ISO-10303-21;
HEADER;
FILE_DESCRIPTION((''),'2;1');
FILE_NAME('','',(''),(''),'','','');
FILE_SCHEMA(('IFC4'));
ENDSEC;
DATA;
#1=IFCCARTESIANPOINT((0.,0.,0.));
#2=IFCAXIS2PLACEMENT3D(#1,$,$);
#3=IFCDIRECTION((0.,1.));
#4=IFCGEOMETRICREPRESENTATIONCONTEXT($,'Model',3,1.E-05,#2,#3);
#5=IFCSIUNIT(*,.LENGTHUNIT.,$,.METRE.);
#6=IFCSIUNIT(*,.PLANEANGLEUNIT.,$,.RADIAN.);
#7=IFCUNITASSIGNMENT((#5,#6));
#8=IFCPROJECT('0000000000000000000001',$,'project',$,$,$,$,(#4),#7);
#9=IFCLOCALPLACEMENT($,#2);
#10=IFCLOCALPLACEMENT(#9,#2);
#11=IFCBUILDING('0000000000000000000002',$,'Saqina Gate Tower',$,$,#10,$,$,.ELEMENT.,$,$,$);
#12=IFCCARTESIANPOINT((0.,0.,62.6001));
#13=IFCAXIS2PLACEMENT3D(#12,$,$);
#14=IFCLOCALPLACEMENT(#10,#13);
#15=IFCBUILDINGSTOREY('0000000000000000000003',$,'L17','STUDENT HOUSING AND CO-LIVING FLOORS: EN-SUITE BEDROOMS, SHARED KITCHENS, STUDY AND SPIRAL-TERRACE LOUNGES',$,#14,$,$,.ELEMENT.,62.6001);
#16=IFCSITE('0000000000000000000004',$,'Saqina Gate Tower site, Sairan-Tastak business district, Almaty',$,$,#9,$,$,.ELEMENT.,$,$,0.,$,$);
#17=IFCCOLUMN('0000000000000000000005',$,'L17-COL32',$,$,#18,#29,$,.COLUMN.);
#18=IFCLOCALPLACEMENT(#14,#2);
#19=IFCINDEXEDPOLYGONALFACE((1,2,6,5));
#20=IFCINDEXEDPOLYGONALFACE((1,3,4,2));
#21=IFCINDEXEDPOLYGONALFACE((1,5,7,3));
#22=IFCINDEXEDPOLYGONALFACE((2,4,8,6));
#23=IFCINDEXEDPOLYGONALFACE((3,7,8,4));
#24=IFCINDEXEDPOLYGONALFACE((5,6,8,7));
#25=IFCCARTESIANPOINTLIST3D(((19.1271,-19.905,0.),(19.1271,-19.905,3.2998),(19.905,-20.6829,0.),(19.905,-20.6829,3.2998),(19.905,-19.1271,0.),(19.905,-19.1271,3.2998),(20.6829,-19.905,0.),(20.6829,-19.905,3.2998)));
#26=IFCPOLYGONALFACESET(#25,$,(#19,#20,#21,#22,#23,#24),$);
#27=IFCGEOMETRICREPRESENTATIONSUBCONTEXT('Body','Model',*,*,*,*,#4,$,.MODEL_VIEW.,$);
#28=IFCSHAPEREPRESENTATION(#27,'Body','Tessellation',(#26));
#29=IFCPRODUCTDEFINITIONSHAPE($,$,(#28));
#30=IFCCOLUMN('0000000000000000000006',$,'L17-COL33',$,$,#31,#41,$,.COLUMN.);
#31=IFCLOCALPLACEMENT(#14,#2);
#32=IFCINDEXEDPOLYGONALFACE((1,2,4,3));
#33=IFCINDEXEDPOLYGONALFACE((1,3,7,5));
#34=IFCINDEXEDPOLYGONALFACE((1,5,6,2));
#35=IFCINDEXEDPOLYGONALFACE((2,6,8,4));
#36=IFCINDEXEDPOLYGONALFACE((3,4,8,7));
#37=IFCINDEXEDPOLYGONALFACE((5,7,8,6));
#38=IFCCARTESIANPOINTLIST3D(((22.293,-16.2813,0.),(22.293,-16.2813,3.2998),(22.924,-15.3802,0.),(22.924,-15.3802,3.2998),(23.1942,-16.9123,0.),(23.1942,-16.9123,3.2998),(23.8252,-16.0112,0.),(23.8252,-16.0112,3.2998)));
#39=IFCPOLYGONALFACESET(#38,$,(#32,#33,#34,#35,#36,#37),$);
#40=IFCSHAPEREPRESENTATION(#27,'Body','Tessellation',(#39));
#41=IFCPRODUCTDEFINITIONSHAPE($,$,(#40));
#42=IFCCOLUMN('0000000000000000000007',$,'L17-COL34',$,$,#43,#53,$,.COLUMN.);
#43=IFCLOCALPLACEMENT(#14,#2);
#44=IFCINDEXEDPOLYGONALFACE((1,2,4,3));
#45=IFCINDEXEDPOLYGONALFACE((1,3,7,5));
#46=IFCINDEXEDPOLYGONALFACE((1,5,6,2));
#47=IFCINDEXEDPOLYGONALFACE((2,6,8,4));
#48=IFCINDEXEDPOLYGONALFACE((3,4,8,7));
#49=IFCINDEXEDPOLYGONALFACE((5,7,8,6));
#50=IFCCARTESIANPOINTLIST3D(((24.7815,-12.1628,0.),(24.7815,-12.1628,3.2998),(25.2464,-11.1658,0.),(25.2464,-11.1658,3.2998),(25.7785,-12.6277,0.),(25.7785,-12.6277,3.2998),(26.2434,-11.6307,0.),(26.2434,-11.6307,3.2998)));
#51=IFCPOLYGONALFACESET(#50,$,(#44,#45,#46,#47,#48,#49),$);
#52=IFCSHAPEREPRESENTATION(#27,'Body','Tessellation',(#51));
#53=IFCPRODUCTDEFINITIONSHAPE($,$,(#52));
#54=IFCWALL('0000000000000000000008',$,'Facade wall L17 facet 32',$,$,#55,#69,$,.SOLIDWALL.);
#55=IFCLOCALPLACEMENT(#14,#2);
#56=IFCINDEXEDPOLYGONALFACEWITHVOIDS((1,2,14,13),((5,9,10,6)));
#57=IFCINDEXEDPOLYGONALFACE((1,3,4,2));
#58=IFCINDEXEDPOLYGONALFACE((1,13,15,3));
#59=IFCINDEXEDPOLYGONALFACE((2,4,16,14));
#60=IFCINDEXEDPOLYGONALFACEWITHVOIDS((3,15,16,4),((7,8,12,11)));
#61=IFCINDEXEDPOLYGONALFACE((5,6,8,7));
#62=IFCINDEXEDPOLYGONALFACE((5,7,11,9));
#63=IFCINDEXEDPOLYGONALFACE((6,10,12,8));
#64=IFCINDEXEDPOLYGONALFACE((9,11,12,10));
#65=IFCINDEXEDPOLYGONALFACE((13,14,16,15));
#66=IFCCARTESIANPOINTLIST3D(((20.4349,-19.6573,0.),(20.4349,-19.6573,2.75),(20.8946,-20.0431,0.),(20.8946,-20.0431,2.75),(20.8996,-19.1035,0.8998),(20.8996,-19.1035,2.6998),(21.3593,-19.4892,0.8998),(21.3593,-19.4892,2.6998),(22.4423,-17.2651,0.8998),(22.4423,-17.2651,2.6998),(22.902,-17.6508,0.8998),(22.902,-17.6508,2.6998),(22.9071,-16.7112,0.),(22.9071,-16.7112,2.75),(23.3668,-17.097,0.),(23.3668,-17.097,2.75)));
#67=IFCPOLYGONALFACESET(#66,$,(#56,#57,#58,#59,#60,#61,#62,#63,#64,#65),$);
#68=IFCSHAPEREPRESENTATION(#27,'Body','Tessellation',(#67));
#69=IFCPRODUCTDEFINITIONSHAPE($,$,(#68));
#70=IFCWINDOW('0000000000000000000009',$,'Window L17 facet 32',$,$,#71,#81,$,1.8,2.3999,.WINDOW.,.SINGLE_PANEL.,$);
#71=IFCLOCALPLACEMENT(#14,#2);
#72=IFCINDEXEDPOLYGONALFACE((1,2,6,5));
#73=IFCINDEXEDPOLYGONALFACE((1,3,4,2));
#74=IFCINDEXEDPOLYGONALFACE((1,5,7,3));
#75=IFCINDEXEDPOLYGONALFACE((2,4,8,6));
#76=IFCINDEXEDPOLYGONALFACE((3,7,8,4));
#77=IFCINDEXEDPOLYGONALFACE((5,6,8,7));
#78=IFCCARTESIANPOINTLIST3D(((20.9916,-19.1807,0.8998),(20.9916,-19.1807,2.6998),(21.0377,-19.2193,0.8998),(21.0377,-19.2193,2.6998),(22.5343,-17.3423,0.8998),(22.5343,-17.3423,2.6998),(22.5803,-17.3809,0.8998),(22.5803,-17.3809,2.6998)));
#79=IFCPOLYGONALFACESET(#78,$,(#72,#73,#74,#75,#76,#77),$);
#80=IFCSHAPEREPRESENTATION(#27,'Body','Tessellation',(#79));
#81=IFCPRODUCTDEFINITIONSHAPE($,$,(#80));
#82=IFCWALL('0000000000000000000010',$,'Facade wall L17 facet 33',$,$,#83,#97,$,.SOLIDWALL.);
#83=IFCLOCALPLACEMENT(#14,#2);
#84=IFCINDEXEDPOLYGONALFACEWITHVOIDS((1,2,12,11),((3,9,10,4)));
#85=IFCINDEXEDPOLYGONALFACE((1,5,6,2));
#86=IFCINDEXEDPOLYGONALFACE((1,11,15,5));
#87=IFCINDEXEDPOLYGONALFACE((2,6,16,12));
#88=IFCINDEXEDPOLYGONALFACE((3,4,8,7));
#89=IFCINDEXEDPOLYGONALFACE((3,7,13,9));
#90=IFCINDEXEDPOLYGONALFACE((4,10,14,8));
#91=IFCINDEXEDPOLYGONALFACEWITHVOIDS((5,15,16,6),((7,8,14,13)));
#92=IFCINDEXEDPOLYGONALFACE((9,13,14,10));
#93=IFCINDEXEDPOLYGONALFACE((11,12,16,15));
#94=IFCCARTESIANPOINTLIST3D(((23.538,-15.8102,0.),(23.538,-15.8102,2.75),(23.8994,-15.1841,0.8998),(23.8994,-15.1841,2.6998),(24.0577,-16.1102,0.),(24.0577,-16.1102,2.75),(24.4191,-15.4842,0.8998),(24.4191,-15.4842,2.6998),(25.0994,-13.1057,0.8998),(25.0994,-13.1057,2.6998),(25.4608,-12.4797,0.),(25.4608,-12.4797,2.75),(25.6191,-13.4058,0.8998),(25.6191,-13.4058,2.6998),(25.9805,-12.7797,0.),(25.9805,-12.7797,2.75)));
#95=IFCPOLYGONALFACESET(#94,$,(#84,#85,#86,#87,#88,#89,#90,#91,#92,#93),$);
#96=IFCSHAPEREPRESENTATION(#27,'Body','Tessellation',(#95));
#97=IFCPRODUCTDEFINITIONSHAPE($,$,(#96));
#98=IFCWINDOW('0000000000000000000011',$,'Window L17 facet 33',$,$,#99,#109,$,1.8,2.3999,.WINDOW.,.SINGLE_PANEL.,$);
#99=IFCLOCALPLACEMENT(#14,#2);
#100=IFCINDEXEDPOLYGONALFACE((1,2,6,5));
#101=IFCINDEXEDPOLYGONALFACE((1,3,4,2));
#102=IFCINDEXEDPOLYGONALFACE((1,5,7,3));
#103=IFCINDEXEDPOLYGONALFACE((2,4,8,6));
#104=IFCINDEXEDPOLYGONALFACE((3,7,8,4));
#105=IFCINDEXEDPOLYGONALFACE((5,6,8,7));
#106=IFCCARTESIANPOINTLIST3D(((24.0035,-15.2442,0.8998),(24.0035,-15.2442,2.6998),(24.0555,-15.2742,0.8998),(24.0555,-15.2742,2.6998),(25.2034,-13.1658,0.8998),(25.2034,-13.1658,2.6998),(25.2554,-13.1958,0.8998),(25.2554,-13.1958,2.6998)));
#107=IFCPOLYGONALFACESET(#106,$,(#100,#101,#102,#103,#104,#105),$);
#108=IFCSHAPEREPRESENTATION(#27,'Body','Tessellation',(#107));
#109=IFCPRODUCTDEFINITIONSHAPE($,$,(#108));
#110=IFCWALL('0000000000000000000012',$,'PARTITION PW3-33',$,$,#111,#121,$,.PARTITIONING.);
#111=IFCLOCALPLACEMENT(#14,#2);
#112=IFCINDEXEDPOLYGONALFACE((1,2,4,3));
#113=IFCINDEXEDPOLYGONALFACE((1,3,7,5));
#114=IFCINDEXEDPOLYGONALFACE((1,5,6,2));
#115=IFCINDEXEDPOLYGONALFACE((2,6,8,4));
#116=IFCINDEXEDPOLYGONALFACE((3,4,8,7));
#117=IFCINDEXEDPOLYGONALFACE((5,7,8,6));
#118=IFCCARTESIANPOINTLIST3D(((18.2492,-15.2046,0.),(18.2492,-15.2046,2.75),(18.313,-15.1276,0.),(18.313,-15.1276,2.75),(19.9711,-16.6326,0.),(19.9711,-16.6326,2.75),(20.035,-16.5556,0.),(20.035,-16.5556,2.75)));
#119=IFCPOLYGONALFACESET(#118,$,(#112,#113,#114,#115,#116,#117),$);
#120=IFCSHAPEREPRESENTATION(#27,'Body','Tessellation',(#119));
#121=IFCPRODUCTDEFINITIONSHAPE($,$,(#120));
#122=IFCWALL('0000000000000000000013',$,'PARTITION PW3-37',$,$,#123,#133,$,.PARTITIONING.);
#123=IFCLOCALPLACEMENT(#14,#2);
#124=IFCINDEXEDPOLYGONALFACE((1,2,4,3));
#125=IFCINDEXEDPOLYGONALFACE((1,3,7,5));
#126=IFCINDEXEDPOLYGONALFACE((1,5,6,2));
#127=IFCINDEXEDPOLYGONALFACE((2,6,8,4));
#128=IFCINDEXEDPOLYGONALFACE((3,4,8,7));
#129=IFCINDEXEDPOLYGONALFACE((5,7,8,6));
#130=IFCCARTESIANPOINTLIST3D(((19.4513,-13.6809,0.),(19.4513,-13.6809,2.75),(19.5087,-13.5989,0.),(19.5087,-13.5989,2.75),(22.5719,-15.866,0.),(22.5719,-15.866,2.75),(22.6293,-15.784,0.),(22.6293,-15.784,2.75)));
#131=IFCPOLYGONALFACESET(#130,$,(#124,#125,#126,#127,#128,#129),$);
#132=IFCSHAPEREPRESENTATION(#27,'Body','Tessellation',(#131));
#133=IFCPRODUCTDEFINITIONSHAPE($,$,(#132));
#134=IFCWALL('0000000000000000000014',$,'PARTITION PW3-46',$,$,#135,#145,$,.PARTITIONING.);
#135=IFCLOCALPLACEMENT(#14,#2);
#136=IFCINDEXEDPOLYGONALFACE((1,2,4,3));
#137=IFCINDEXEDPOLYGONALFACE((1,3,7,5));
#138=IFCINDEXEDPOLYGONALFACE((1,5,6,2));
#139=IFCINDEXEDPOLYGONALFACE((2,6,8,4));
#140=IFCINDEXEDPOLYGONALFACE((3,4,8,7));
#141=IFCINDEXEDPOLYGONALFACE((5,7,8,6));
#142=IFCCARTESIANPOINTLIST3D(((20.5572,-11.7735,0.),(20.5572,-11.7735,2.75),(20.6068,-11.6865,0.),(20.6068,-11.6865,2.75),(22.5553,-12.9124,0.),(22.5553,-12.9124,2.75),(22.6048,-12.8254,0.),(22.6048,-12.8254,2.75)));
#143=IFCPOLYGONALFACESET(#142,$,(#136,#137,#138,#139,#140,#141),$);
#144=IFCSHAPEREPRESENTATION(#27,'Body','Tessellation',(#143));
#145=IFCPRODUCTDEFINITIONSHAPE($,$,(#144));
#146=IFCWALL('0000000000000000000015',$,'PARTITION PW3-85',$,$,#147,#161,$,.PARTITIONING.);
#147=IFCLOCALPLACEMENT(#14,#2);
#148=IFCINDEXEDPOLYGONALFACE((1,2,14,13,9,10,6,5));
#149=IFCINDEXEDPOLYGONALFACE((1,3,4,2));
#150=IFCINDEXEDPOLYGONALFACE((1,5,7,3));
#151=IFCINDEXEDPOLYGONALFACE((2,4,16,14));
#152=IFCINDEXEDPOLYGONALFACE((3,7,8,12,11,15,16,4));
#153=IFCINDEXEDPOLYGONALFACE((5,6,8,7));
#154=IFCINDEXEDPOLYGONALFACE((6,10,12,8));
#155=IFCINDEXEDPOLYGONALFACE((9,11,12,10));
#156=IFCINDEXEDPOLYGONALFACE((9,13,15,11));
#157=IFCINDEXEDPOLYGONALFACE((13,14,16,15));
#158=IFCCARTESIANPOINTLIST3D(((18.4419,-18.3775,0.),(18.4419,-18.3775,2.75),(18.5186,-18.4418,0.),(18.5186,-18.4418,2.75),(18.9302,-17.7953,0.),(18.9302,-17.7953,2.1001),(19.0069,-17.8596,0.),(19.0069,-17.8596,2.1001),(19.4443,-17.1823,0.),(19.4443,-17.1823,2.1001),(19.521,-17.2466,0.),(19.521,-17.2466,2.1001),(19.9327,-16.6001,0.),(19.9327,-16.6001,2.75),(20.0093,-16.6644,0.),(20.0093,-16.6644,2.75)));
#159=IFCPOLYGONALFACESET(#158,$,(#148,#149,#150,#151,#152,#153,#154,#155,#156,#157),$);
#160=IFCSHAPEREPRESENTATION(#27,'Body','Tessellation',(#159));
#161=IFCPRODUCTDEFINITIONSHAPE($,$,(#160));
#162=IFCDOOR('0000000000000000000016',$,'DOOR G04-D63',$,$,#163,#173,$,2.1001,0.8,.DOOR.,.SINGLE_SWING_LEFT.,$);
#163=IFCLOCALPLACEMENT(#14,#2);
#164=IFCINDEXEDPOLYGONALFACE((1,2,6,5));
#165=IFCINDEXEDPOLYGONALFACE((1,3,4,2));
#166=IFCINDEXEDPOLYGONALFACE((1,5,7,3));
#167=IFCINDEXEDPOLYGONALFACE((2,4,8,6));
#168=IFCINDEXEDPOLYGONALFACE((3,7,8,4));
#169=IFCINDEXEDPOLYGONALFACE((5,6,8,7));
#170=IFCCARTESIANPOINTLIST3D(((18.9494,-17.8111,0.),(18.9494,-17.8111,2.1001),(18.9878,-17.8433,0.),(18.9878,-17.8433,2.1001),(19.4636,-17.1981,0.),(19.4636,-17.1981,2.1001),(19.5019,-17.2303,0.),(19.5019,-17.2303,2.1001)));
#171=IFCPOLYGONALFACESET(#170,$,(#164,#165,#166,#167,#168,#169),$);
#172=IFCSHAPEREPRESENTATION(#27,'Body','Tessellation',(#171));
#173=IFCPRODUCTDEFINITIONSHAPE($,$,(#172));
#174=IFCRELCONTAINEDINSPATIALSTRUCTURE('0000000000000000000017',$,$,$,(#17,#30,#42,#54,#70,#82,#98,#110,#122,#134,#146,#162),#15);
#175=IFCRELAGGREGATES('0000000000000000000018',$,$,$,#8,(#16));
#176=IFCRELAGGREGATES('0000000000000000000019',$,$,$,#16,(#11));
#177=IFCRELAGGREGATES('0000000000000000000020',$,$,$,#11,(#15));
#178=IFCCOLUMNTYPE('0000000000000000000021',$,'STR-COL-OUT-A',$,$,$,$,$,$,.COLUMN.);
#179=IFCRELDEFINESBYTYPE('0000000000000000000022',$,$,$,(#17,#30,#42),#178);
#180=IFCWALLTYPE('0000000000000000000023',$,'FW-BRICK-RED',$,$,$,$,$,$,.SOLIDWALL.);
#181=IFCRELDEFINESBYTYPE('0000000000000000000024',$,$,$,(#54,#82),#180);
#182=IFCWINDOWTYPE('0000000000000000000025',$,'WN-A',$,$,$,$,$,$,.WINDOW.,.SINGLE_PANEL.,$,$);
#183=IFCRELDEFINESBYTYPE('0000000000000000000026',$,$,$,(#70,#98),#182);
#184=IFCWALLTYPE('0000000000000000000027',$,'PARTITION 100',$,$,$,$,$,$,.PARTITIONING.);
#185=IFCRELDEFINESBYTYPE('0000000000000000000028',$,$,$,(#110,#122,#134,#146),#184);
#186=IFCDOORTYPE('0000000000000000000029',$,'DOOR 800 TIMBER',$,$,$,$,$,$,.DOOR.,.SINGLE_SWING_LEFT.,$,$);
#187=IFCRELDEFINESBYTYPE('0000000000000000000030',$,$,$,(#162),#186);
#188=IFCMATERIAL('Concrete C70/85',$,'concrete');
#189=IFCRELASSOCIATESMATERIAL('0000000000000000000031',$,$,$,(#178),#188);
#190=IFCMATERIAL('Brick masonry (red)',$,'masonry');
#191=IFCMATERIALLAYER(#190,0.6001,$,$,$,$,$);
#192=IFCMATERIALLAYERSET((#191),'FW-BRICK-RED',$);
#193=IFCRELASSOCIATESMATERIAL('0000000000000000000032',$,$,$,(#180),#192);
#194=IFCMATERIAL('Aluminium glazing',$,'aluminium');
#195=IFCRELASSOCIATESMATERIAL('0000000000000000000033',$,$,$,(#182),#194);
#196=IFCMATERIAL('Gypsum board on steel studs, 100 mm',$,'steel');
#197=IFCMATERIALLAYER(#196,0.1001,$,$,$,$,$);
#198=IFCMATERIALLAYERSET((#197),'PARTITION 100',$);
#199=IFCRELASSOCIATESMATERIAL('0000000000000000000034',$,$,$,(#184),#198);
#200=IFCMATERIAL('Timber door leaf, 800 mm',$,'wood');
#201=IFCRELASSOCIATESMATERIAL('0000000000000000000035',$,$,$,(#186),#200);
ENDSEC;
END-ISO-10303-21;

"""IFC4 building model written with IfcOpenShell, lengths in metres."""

from ifc_helpers import new_model, si_unit, direction, frame, frame_2d, origin, origin_2d, place, context, subcontext, project, spatial, rectangle, extrude, material, layer, layer_set, material_profile, profile_set, type_object, element, fill, save


model = new_model("IFC4")

# Units and contexts
model_context = context("Model", 3, precision=1e-05, world=origin(), true_north=direction((0.0, 1.0)))
body_context = subcontext(model_context, "Body", "Model", "MODEL_VIEW")
ifc_project = project(units=[si_unit("LENGTHUNIT", "METRE"), si_unit("PLANEANGLEUNIT", "RADIAN")], contexts=[model_context])

# Site, building, storey
site_placement = place(None, origin())
site = spatial("IfcSite", under=ifc_project, at=site_placement, Name="Saqina Gate Tower site, Sairan-Tastak business district, Almaty", CompositionType="ELEMENT", RefElevation=0.0)
building_placement = place(site_placement, origin())
building = spatial("IfcBuilding", under=site, at=building_placement, Name="Saqina Gate Tower", CompositionType="ELEMENT")
storey_placement = place(building_placement, frame((0.0, 0.0, 62.6001)))
storey = spatial("IfcBuildingStorey", under=building, at=storey_placement, Name="L17", Description="STUDENT HOUSING AND CO-LIVING FLOORS: EN-SUITE BEDROOMS, SHARED KITCHENS, STUDY AND SPIRAL-TERRACE LOUNGES", CompositionType="ELEMENT", Elevation=62.6001)

# Columns
ifc_material_1 = material(Name="Concrete C70/85", Category="concrete")
ifc_material_profile = material_profile(ifc_material_1, rectangle(XDim=1.1001, YDim=1.1001, at=origin_2d()), Name="RC 1100x1100")
ifc_profile_set = profile_set([ifc_material_profile], Name="Concrete C70/85")
column_type = type_object("IfcColumnType", Name="STR-COL-OUT-A", PredefinedType="COLUMN", material=ifc_profile_set)
for number, where, z_axis, x_axis, name in (
    (1, (19.905, -19.905, 0.0), (0.0, 0.0, 1.0), (0.707107, -0.707107, 0.0), "L17-COL32"),
    (2, (23.0591, -16.1462, 0.0), (0.0, 0.0, 1.0), (0.819152, -0.573576, 0.0), "L17-COL33"),
    (3, (25.5125, -11.8967, 0.0), (0.0, 0.0, 1.0), (0.906308, -0.422618, 0.0), "L17-COL34"),
):
    element("IfcColumn", number, at=place(storey_placement, frame(where, z_axis=z_axis, x_axis=x_axis)), inside=storey, type_object=column_type, Name=name, PredefinedType="COLUMN", context=body_context, shape_type="SweptSolid", body=[
        extrude(rectangle(XDim=1.1001, YDim=1.1001, at=origin_2d()), origin(), (0.0, 0.0, 1.0), 3.2998),
    ])

# Walls, openings, windows
ifc_material_2 = material(Name="Brick masonry (red)", Category="masonry")
ifc_layer_1 = layer(ifc_material_2, 0.6001)
ifc_layer_set_1 = layer_set([ifc_layer_1], Name="FW-BRICK-RED")
wall_type_1 = type_object("IfcWallType", Name="FW-BRICK-RED", PredefinedType="SOLIDWALL", material=ifc_layer_set_1)
wall_1_placement = place(storey_placement, frame((20.6648, -19.8501, 0.0), z_axis=(0.0, 0.0, 1.0), x_axis=(0.642809, 0.766026, 0.0)))
wall_1 = element("IfcWall", 4, at=wall_1_placement, inside=storey, type_object=wall_type_1, Name="Facade wall L17 facet 32", PredefinedType="SOLIDWALL", context=body_context, shape_type="SweptSolid", body=[
    extrude(rectangle(XDim=3.8459, YDim=0.6001, at=frame_2d((1.9229, 0.0))), origin(), (0.0, 0.0, 1.0), 2.75),
])
opening_1_placement = place(wall_1_placement, frame((0.7229, 0.0, 0.8999)))
opening_1 = element("IfcOpeningElement", 5, at=opening_1_placement, cuts=wall_1, PredefinedType="OPENING", context=body_context, shape_type="SweptSolid", body=[
    extrude(rectangle(XDim=2.3999, YDim=1.8, at=frame_2d((1.2, 0.8999))), frame((0.0, 0.312, 0.0), z_axis=(0.0, -1.0, 0.0), x_axis=(1.0, 0.0, 0.0)), (0.0, 0.0, 1.0), 0.624),
])
ifc_material_3 = material(Name="Aluminium glazing", Category="aluminium")
window_type = type_object("IfcWindowType", Name="WN-A", PartitioningType="SINGLE_PANEL", PredefinedType="WINDOW", material=ifc_material_3)
window_1_placement = place(opening_1_placement, origin())
window_1 = element("IfcWindow", 6, at=window_1_placement, inside=storey, type_object=window_type, Name="Window L17 facet 32", OverallHeight=1.8, OverallWidth=2.3999, PartitioningType="SINGLE_PANEL", PredefinedType="WINDOW", context=body_context, shape_type="SweptSolid", body=[
    extrude(rectangle(XDim=2.3999, YDim=1.8, at=frame_2d((1.2, 0.8999))), frame((0.0, 0.1799, 0.0), z_axis=(0.0, -1.0, 0.0), x_axis=(1.0, 0.0, 0.0)), (0.0, 0.0, 1.0), 0.0601),
])
fill(opening_1, window_1)
wall_2_placement = place(storey_placement, frame((23.7979, -15.9602, 0.0), z_axis=(0.0, 0.0, 1.0), x_axis=(0.49999, 0.866031, 0.0)))
wall_2 = element("IfcWall", 7, at=wall_2_placement, inside=storey, type_object=wall_type_1, Name="Facade wall L17 facet 33", PredefinedType="SOLIDWALL", context=body_context, shape_type="SweptSolid", body=[
    extrude(rectangle(XDim=3.8457, YDim=0.6001, at=frame_2d((1.9229, 0.0))), origin(), (0.0, 0.0, 1.0), 2.75),
])
opening_2_placement = place(wall_2_placement, frame((0.7229, 0.0, 0.8999)))
opening_2 = element("IfcOpeningElement", 8, at=opening_2_placement, cuts=wall_2, PredefinedType="OPENING", context=body_context, shape_type="SweptSolid", body=[
    extrude(rectangle(XDim=2.3999, YDim=1.8, at=frame_2d((1.2, 0.8999))), frame((0.0, 0.312, 0.0), z_axis=(0.0, -1.0, 0.0), x_axis=(1.0, 0.0, 0.0)), (0.0, 0.0, 1.0), 0.624),
])
window_2_placement = place(opening_2_placement, origin())
window_2 = element("IfcWindow", 9, at=window_2_placement, inside=storey, type_object=window_type, Name="Window L17 facet 33", OverallHeight=1.8, OverallWidth=2.3999, PartitioningType="SINGLE_PANEL", PredefinedType="WINDOW", context=body_context, shape_type="SweptSolid", body=[
    extrude(rectangle(XDim=2.3999, YDim=1.8, at=frame_2d((1.2, 0.8999))), frame((0.0, 0.1799, 0.0), z_axis=(0.0, -1.0, 0.0), x_axis=(1.0, 0.0, 0.0)), (0.0, 0.0, 1.0), 0.0601),
])
fill(opening_2, window_2)

# Walls
ifc_material_4 = material(Name="Gypsum board on steel studs, 100 mm", Category="steel")
ifc_layer_2 = layer(ifc_material_4, 0.1001)
ifc_layer_set_2 = layer_set([ifc_layer_2], Name="PARTITION 100")
wall_type_2 = type_object("IfcWallType", Name="PARTITION 100", PredefinedType="PARTITIONING", material=ifc_layer_set_2)
wall_3_placement = place(storey_placement, frame((18.281, -15.166, 0.0), z_axis=(0.0, 0.0, 1.0), x_axis=(0.769749, -0.638347, 0.0)))
element("IfcWall", 10, at=wall_3_placement, inside=storey, type_object=wall_type_2, Name="PARTITION PW3-33", PredefinedType="PARTITIONING", context=body_context, shape_type="SweptSolid", body=[
    extrude(rectangle(XDim=2.2371, YDim=0.1001, at=frame_2d((1.1187, 0.0))), origin(), (0.0, 0.0, 1.0), 2.75),
])
wall_4_placement = place(storey_placement, frame((19.48, -13.6399, 0.0), z_axis=(0.0, 0.0, 1.0), x_axis=(0.819154, -0.573574, 0.0)))
element("IfcWall", 11, at=wall_4_placement, inside=storey, type_object=wall_type_2, Name="PARTITION PW3-37", PredefinedType="PARTITIONING", context=body_context, shape_type="SweptSolid", body=[
    extrude(rectangle(XDim=3.8096, YDim=0.1001, at=frame_2d((1.9048, 0.0))), origin(), (0.0, 0.0, 1.0), 2.75),
])
wall_5_placement = place(storey_placement, frame((20.582, -11.73, 0.0), z_axis=(0.0, 0.0, 1.0), x_axis=(0.868772, -0.495213, 0.0)))
element("IfcWall", 12, at=wall_5_placement, inside=storey, type_object=wall_type_2, Name="PARTITION PW3-46", PredefinedType="PARTITIONING", context=body_context, shape_type="SweptSolid", body=[
    extrude(rectangle(XDim=2.2998, YDim=0.1001, at=frame_2d((1.1499, 0.0))), origin(), (0.0, 0.0, 1.0), 2.75),
])

# Wall, opening, door
wall_6_placement = place(storey_placement, frame((18.4802, -18.4097, 0.0), z_axis=(0.0, 0.0, 1.0), x_axis=(0.642624, 0.766182, 0.0)))
wall_6 = element("IfcWall", 13, at=wall_6_placement, inside=storey, type_object=wall_type_2, Name="PARTITION PW3-85", PredefinedType="PARTITIONING", context=body_context, shape_type="SweptSolid", body=[
    extrude(rectangle(XDim=2.3198, YDim=0.1001, at=frame_2d((1.1599, 0.0))), origin(), (0.0, 0.0, 1.0), 2.75),
])
opening_3_placement = place(wall_6_placement, frame((0.76, 0.0, 0.0)))
opening_3 = element("IfcOpeningElement", 14, at=opening_3_placement, cuts=wall_6, PredefinedType="OPENING", context=body_context, shape_type="SweptSolid", body=[
    extrude(rectangle(XDim=0.8, YDim=2.1001, at=frame_2d((0.3999, 1.05))), frame((0.0, 0.062, 0.0), z_axis=(0.0, -1.0, 0.0), x_axis=(1.0, 0.0, 0.0)), (0.0, 0.0, 1.0), 0.124),
])
ifc_material_5 = material(Name="Timber door leaf, 800 mm", Category="wood")
door_type_1 = type_object("IfcDoorType", Name="DOOR 800 TIMBER", OperationType="SINGLE_SWING_LEFT", PredefinedType="DOOR", material=ifc_material_5)
door_1_placement = place(opening_3_placement, frame((0.8, 0.0, 0.0), z_axis=(0.0, 0.0, 1.0), x_axis=(-1.0, 0.0, 0.0)))
door_1 = element("IfcDoor", 15, at=door_1_placement, inside=storey, type_object=door_type_1, Name="DOOR G04-D63", OperationType="SINGLE_SWING_LEFT", OverallHeight=2.1001, OverallWidth=0.8, PredefinedType="DOOR", context=body_context, shape_type="SweptSolid", body=[
    extrude(rectangle(XDim=0.8, YDim=2.1001, at=frame_2d((0.3999, 1.05))), frame((0.0, 0.0249, 0.0), z_axis=(0.0, -1.0, 0.0), x_axis=(1.0, 0.0, 0.0)), (0.0, 0.0, 1.0), 0.05),
])
fill(opening_3, door_1)

save(model, "model.ifc")
